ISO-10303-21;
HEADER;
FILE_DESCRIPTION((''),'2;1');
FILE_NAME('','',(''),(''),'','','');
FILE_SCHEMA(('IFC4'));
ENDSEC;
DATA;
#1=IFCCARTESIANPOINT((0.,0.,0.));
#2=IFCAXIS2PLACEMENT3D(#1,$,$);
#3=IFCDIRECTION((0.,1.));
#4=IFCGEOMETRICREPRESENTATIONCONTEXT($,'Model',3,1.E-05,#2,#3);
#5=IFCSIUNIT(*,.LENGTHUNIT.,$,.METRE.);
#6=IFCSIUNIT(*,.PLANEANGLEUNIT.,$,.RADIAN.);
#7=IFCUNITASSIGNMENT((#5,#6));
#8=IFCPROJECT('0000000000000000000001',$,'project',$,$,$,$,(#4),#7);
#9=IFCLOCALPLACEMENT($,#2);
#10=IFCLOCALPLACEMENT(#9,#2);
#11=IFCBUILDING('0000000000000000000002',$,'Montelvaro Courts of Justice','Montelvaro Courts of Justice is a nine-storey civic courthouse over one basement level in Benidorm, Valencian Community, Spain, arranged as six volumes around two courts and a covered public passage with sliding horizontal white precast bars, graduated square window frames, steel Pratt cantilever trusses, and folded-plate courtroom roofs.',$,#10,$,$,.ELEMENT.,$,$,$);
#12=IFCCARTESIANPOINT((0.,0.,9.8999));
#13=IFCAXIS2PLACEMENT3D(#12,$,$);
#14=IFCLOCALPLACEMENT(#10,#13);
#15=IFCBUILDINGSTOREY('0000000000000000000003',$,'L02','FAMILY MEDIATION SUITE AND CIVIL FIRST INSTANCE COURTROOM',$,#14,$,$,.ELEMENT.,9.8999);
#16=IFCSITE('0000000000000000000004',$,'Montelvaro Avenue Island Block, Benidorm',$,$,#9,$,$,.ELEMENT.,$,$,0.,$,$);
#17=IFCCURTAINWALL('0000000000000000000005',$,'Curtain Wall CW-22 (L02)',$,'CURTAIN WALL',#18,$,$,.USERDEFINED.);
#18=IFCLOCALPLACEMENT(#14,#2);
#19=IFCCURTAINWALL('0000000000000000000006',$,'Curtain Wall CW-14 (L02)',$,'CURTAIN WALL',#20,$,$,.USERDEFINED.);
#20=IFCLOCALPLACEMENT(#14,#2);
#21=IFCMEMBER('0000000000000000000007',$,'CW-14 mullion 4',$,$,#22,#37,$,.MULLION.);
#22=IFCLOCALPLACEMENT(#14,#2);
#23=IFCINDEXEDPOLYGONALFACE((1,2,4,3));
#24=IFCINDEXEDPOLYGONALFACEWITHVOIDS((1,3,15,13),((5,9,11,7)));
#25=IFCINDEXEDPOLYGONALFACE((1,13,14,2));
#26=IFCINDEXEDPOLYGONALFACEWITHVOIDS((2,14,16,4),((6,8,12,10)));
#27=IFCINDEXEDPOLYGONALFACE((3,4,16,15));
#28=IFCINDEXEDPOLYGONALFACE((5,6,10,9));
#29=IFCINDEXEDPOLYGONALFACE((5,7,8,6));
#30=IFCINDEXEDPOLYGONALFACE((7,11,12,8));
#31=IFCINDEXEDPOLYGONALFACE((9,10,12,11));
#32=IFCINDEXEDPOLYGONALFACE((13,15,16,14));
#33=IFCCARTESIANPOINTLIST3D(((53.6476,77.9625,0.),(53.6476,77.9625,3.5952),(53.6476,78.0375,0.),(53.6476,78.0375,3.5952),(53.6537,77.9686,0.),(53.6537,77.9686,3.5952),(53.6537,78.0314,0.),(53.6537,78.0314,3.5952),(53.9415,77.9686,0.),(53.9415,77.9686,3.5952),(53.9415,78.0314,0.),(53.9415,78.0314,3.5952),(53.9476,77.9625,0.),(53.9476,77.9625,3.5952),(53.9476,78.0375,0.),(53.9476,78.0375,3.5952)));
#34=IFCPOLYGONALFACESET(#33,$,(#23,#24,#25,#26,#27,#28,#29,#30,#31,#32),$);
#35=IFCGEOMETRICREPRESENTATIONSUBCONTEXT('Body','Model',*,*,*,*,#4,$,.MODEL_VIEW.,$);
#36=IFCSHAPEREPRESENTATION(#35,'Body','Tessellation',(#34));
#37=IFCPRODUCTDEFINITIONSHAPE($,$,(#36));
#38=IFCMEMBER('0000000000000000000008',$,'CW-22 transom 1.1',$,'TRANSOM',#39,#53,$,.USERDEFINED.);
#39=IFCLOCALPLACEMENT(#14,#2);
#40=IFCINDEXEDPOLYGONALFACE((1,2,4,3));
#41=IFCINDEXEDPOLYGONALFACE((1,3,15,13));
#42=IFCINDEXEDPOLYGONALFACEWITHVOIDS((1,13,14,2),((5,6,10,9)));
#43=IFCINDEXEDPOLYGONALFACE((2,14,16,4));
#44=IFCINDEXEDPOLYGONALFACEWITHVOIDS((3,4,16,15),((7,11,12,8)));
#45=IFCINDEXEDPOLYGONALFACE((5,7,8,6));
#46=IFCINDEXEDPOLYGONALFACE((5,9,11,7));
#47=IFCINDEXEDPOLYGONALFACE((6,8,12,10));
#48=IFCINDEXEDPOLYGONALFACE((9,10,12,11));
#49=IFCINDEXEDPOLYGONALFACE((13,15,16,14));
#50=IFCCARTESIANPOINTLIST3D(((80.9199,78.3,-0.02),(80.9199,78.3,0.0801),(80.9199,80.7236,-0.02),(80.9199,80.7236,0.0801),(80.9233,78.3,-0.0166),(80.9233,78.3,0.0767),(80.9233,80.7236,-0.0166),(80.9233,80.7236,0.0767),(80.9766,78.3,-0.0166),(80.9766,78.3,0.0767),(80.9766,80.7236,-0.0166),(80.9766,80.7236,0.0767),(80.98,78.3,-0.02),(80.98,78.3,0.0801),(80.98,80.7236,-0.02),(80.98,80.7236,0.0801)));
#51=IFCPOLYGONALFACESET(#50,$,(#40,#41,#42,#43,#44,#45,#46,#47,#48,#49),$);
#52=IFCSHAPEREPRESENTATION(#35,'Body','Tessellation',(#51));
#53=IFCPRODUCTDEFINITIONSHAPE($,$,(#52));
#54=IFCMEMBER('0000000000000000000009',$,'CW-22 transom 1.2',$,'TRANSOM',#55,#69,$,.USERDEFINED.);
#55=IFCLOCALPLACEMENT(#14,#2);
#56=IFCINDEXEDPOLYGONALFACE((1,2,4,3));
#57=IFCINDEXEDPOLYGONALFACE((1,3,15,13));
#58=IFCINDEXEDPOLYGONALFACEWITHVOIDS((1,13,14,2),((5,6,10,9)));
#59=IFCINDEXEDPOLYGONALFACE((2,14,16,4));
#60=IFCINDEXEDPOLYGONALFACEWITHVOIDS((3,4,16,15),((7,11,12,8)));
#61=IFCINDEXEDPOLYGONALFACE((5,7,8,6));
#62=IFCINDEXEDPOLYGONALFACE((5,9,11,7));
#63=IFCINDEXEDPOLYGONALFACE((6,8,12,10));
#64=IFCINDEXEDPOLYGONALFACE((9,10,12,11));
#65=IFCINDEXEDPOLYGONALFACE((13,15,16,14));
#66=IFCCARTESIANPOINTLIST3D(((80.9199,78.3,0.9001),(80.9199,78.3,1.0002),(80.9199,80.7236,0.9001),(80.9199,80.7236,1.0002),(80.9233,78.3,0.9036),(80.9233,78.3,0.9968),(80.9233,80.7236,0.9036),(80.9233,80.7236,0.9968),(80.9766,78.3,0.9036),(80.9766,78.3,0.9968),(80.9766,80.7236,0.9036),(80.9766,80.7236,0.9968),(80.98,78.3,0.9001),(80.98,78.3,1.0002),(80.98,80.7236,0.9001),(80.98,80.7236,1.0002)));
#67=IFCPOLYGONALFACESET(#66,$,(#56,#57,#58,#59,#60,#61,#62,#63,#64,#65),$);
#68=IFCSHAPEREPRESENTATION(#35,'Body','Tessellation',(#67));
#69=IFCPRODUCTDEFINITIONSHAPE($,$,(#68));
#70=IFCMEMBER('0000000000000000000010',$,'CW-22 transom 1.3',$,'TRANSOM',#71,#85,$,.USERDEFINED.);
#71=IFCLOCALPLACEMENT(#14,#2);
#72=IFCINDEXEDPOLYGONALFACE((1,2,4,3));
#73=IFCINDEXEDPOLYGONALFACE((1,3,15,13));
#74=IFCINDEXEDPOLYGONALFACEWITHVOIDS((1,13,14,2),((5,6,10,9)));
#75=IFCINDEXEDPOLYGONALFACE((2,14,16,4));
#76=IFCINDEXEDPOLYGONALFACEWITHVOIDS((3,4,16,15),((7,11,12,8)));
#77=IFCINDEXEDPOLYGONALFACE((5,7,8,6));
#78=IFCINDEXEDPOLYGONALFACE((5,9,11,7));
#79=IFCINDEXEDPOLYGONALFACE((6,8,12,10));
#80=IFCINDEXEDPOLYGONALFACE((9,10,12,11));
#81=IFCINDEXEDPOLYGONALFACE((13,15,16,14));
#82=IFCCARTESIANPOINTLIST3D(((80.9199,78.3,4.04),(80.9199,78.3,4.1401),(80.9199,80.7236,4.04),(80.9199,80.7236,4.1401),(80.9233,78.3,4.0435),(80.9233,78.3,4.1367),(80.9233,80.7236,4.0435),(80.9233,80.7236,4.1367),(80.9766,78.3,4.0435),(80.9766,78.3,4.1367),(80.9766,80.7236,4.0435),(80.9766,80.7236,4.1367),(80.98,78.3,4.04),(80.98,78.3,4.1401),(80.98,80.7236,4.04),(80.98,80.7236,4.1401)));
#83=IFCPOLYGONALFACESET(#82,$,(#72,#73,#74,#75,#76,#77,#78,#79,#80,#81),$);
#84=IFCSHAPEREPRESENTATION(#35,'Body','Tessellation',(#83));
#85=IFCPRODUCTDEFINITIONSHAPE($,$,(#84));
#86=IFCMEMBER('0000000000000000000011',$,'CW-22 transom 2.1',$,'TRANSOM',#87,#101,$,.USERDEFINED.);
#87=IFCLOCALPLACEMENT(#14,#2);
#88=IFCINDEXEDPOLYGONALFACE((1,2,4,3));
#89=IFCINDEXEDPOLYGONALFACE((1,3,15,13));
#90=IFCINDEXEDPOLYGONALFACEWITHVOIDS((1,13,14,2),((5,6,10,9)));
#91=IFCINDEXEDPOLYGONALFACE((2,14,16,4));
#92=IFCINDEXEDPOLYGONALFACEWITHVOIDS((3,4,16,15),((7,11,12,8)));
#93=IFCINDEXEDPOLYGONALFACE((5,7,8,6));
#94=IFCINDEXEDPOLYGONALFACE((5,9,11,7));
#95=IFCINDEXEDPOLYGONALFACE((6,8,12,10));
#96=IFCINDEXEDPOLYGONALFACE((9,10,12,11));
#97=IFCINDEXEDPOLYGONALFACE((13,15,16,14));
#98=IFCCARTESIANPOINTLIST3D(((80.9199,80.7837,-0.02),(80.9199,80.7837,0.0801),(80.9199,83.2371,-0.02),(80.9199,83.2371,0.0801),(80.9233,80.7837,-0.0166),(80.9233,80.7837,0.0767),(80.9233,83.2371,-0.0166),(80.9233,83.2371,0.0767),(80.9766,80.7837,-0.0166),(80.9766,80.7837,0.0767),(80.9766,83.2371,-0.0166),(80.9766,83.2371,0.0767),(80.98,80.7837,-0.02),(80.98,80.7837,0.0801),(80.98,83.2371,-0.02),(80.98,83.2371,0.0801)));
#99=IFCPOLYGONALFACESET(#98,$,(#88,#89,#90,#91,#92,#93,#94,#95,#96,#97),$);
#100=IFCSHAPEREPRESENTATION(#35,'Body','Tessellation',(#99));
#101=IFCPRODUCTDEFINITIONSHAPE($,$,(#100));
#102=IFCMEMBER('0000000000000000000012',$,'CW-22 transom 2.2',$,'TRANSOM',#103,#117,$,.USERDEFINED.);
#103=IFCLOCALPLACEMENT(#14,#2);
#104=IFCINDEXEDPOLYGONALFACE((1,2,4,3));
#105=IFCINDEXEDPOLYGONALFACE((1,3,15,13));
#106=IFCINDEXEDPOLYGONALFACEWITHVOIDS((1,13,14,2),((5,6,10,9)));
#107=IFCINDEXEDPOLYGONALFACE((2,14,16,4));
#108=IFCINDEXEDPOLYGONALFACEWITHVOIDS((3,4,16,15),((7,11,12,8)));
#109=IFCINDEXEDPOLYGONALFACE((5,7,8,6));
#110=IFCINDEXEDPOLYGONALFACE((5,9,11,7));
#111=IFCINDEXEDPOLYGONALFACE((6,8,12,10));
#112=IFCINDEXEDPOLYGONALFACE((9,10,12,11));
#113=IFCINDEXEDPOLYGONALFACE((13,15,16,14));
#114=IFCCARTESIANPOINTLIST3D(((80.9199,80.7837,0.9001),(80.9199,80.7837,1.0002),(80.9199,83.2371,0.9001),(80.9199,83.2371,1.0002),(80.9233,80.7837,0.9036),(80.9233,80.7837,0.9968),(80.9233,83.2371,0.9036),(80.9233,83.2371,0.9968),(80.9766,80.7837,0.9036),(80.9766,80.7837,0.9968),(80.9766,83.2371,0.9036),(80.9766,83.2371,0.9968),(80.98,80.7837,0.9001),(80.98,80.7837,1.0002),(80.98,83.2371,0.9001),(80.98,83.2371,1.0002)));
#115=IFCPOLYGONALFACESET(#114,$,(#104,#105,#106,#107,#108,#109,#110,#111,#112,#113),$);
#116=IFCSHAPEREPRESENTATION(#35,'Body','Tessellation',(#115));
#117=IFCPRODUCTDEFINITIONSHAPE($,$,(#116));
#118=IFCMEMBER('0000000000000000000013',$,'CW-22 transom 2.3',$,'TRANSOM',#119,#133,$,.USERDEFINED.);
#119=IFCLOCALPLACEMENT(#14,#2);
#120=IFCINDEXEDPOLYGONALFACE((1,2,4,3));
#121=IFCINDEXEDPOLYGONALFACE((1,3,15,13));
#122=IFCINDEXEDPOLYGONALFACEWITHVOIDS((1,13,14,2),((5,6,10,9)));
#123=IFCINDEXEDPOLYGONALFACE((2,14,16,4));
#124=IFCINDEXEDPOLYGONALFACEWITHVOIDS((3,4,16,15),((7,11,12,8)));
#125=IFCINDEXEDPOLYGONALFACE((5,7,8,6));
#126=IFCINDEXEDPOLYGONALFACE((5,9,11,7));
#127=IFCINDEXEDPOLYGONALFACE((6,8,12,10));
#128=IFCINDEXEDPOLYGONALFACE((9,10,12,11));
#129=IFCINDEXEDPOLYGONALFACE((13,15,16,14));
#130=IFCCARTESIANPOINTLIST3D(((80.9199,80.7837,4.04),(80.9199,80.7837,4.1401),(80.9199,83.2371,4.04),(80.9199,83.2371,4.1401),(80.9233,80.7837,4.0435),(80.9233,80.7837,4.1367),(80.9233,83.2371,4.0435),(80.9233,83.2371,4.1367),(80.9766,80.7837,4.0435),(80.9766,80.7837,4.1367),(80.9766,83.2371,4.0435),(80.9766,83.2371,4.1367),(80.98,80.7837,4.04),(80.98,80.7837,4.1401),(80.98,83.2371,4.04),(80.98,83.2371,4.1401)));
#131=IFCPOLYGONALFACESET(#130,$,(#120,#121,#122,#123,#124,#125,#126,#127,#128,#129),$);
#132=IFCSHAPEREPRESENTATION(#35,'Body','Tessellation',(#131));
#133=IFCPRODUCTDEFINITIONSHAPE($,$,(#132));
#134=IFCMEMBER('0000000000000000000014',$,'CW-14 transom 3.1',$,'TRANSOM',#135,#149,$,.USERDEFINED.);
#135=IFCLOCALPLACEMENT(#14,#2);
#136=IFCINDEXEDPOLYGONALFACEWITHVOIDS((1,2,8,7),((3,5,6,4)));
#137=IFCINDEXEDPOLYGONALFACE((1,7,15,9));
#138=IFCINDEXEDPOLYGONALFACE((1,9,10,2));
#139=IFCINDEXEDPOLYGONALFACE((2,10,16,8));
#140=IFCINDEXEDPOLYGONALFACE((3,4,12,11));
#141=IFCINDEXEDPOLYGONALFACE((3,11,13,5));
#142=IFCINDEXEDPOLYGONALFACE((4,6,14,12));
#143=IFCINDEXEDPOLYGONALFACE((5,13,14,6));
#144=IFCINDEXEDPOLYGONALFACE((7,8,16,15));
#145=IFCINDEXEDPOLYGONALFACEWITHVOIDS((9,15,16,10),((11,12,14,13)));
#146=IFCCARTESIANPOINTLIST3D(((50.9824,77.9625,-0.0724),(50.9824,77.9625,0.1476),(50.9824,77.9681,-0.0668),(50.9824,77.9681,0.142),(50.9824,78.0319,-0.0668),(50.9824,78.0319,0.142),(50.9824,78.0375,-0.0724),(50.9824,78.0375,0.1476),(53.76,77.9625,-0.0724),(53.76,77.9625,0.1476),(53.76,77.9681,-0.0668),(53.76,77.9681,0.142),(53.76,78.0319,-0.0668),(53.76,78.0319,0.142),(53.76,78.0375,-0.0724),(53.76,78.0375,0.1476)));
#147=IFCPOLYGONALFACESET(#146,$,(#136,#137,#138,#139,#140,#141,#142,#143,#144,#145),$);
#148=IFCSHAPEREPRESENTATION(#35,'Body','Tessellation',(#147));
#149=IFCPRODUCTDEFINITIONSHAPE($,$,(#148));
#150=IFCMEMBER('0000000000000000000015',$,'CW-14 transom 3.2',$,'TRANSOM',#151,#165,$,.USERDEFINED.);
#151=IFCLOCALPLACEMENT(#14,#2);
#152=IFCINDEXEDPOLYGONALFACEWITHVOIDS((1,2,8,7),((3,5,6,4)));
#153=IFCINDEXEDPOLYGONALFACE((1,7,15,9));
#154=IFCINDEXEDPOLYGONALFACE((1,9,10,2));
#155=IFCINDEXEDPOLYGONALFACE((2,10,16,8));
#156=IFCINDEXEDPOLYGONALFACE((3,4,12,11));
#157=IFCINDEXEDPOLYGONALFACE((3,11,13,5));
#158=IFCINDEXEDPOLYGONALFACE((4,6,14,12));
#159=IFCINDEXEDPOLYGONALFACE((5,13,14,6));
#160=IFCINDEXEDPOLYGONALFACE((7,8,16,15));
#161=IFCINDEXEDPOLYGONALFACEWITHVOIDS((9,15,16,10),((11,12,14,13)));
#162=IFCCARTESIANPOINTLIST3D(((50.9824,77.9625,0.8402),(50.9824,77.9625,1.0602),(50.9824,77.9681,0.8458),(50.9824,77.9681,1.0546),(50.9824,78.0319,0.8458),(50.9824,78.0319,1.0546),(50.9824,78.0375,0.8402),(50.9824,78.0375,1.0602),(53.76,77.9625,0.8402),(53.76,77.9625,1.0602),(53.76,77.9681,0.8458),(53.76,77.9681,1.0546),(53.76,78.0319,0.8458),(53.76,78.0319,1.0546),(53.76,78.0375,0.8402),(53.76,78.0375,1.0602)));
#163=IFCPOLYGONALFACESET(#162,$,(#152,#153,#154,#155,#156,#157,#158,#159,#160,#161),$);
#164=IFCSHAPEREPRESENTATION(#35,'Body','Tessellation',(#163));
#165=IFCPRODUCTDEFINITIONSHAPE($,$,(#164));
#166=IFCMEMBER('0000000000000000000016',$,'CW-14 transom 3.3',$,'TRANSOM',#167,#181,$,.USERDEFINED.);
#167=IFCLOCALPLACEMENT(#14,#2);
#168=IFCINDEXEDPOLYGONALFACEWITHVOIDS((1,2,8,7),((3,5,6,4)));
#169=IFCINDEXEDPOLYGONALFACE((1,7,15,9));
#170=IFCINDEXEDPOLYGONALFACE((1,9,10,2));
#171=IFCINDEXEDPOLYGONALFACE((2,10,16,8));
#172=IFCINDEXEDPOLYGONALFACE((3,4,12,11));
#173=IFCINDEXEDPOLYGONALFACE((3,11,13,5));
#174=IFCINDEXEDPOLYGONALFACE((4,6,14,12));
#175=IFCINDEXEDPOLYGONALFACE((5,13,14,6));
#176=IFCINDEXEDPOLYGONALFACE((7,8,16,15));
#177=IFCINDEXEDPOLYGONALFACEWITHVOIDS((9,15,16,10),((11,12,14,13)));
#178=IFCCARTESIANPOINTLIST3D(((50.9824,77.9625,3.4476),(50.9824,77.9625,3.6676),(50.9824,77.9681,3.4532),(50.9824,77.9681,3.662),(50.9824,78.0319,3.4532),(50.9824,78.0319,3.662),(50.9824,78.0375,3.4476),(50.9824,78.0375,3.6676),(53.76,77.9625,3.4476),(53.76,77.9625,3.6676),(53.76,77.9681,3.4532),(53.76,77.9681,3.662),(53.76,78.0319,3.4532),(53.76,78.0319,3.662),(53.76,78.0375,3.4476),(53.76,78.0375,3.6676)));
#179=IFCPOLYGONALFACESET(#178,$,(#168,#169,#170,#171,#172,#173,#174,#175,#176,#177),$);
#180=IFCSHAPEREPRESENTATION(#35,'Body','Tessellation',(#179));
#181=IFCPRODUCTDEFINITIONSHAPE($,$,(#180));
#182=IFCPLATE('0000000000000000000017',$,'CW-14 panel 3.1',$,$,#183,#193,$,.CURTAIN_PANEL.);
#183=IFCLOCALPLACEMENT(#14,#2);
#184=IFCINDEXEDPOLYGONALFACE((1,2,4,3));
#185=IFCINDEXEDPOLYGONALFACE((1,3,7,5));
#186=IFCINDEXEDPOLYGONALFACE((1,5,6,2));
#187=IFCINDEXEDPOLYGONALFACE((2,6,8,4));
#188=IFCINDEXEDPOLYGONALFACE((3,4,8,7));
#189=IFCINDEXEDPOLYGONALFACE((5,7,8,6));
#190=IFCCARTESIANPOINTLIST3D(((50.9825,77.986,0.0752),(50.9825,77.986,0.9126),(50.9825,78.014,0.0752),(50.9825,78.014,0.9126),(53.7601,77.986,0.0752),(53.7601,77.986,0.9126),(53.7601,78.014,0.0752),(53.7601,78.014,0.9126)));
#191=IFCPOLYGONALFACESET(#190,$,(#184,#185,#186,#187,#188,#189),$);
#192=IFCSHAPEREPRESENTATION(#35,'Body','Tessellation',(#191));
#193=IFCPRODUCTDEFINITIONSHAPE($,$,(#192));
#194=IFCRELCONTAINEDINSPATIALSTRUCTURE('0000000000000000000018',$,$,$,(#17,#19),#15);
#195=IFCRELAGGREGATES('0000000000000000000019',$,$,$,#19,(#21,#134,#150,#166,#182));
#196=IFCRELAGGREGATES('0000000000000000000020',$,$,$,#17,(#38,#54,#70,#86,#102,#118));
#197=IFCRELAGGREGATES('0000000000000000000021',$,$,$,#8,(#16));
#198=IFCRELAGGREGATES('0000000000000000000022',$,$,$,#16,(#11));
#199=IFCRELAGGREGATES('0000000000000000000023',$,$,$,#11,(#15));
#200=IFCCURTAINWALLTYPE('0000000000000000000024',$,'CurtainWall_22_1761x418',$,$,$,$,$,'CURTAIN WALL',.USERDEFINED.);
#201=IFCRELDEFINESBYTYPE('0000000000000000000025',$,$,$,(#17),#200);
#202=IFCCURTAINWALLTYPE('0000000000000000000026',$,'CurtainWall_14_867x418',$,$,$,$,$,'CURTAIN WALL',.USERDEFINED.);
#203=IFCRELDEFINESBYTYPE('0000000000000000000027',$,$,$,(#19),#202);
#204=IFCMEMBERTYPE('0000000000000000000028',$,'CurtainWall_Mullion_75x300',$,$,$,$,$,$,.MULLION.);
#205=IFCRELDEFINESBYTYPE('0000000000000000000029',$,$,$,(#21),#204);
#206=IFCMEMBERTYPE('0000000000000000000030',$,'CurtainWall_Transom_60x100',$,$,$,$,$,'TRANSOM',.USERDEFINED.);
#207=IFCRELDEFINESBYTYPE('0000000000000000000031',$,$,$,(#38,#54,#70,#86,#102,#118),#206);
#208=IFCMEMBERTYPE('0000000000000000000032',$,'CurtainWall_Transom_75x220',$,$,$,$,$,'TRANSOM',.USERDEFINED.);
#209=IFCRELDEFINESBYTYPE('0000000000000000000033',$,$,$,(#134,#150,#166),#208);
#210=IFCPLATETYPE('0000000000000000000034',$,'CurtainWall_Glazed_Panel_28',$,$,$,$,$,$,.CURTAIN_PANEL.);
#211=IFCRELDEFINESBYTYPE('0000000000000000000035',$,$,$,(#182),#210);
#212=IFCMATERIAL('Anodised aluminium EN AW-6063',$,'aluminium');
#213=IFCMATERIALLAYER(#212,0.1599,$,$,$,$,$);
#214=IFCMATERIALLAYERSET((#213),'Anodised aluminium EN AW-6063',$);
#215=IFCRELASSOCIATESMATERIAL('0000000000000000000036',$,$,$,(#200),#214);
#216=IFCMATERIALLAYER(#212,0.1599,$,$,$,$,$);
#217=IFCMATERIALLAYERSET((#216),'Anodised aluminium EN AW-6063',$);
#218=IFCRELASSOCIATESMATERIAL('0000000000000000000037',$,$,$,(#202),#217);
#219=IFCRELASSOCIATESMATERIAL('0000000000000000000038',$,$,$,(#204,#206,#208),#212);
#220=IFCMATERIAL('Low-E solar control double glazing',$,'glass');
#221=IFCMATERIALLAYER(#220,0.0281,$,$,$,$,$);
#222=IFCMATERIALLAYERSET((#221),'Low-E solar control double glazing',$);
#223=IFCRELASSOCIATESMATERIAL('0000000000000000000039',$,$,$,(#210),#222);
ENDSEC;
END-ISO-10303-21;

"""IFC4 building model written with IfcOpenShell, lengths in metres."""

from ifc_helpers import new_model, si_unit, direction, frame, origin, origin_2d, place, context, subcontext, project, spatial, rectangle, hollow_rectangle, extrude, material, layer, layer_set, material_profile, profile_set, type_object, element, aggregate, save


model = new_model("IFC4")

# Units and contexts
model_context = context("Model", 3, precision=1e-05, world=origin(), true_north=direction((0.0, 1.0)))
body_context = subcontext(model_context, "Body", "Model", "MODEL_VIEW")
ifc_project = project(units=[si_unit("LENGTHUNIT", "METRE"), si_unit("PLANEANGLEUNIT", "RADIAN")], contexts=[model_context])

# Site, building, storey
site_placement = place(None, origin())
site = spatial("IfcSite", under=ifc_project, at=site_placement, Name="Montelvaro Avenue Island Block, Benidorm", CompositionType="ELEMENT", RefElevation=0.0)
building_placement = place(site_placement, origin())
building = spatial("IfcBuilding", under=site, at=building_placement, Name="Montelvaro Courts of Justice", Description="Montelvaro Courts of Justice is a nine-storey civic courthouse over one basement level in Benidorm, Valencian Community, Spain, arranged as six volumes around two courts and a covered public passage with sliding horizontal white precast bars, graduated square window frames, steel Pratt cantilever trusses, and folded-plate courtroom roofs.", CompositionType="ELEMENT")
storey_placement = place(building_placement, frame((0.0, 0.0, 9.8999)))
storey = spatial("IfcBuildingStorey", under=building, at=storey_placement, Name="L02", Description="FAMILY MEDIATION SUITE AND CIVIL FIRST INSTANCE COURTROOM", CompositionType="ELEMENT", Elevation=9.8999)

# Curtain walls, member
ifc_material_1 = material(Name="Anodised aluminium EN AW-6063", Category="aluminium")
ifc_layer_1 = layer(ifc_material_1, 0.1599)
ifc_layer_set_1 = layer_set([ifc_layer_1], Name="Anodised aluminium EN AW-6063")
curtain_wall_type_1 = type_object("IfcCurtainWallType", Name="CurtainWall_22_1761x418", ElementType="CURTAIN WALL", PredefinedType="USERDEFINED", material=ifc_layer_set_1)
curtain_wall_1_placement = place(storey_placement, origin())
curtain_wall_1 = element("IfcCurtainWall", 1, at=curtain_wall_1_placement, inside=storey, type_object=curtain_wall_type_1, Name="Curtain Wall CW-22 (L02)", ObjectType="CURTAIN WALL", PredefinedType="USERDEFINED")
ifc_layer_2 = layer(ifc_material_1, 0.1599)
ifc_layer_set_2 = layer_set([ifc_layer_2], Name="Anodised aluminium EN AW-6063")
curtain_wall_type_2 = type_object("IfcCurtainWallType", Name="CurtainWall_14_867x418", ElementType="CURTAIN WALL", PredefinedType="USERDEFINED", material=ifc_layer_set_2)
curtain_wall_2_placement = place(storey_placement, origin())
curtain_wall_2 = element("IfcCurtainWall", 2, at=curtain_wall_2_placement, inside=storey, type_object=curtain_wall_type_2, Name="Curtain Wall CW-14 (L02)", ObjectType="CURTAIN WALL", PredefinedType="USERDEFINED")
ifc_material_profile_1 = material_profile(ifc_material_1, hollow_rectangle(XDim=0.075, YDim=0.3, WallThickness=0.0061, at=origin_2d()), Name="ALU-M 75x300")
ifc_profile_set_1 = profile_set([ifc_material_profile_1], Name="Anodised aluminium EN AW-6063")
member_type_1 = type_object("IfcMemberType", Name="CurtainWall_Mullion_75x300", PredefinedType="MULLION", material=ifc_profile_set_1)
member_1_placement = place(storey_placement, frame((53.7976, 78.0, 0.0), z_axis=(0.0, 0.0, 1.0), x_axis=(0.0, 1.0, 0.0)))
member_1 = element("IfcMember", 3, at=member_1_placement, type_object=member_type_1, Name="CW-14 mullion 4", PredefinedType="MULLION", context=body_context, shape_type="SweptSolid", body=[
    extrude(hollow_rectangle(XDim=0.075, YDim=0.3, WallThickness=0.0061, at=origin_2d()), origin(), (0.0, 0.0, 1.0), 3.5952),
])

# Members
ifc_material_profile_2 = material_profile(ifc_material_1, hollow_rectangle(XDim=0.0601, YDim=0.1001, WallThickness=0.0034, at=origin_2d()), Name="ALU-T 60x100")
ifc_profile_set_2 = profile_set([ifc_material_profile_2], Name="Anodised aluminium EN AW-6063")
member_type_2 = type_object("IfcMemberType", Name="CurtainWall_Transom_60x100", ElementType="TRANSOM", PredefinedType="USERDEFINED", material=ifc_profile_set_2)
member_2_placement = place(storey_placement, frame((80.95, 78.3, 0.03), z_axis=(0.0, 1.0, 0.0), x_axis=(-1.0, 0.0, 0.0)))
member_2 = element("IfcMember", 4, at=member_2_placement, type_object=member_type_2, Name="CW-22 transom 1.1", ObjectType="TRANSOM", PredefinedType="USERDEFINED", context=body_context, shape_type="SweptSolid", body=[
    extrude(hollow_rectangle(XDim=0.0601, YDim=0.1001, WallThickness=0.0034, at=origin_2d()), origin(), (0.0, 0.0, 1.0), 2.4236),
])
member_3_placement = place(storey_placement, frame((80.95, 78.3, 0.9502), z_axis=(0.0, 1.0, 0.0), x_axis=(-1.0, 0.0, 0.0)))
member_3 = element("IfcMember", 5, at=member_3_placement, type_object=member_type_2, Name="CW-22 transom 1.2", ObjectType="TRANSOM", PredefinedType="USERDEFINED", context=body_context, shape_type="SweptSolid", body=[
    extrude(hollow_rectangle(XDim=0.0601, YDim=0.1001, WallThickness=0.0034, at=origin_2d()), origin(), (0.0, 0.0, 1.0), 2.4236),
])
member_4_placement = place(storey_placement, frame((80.95, 78.3, 4.0901), z_axis=(0.0, 1.0, 0.0), x_axis=(-1.0, 0.0, 0.0)))
member_4 = element("IfcMember", 6, at=member_4_placement, type_object=member_type_2, Name="CW-22 transom 1.3", ObjectType="TRANSOM", PredefinedType="USERDEFINED", context=body_context, shape_type="SweptSolid", body=[
    extrude(hollow_rectangle(XDim=0.0601, YDim=0.1001, WallThickness=0.0034, at=origin_2d()), origin(), (0.0, 0.0, 1.0), 2.4236),
])
member_5_placement = place(storey_placement, frame((80.95, 80.7837, 0.03), z_axis=(0.0, 1.0, 0.0), x_axis=(-1.0, 0.0, 0.0)))
member_5 = element("IfcMember", 7, at=member_5_placement, type_object=member_type_2, Name="CW-22 transom 2.1", ObjectType="TRANSOM", PredefinedType="USERDEFINED", context=body_context, shape_type="SweptSolid", body=[
    extrude(hollow_rectangle(XDim=0.0601, YDim=0.1001, WallThickness=0.0034, at=origin_2d()), origin(), (0.0, 0.0, 1.0), 2.4534),
])
member_6_placement = place(storey_placement, frame((80.95, 80.7837, 0.9502), z_axis=(0.0, 1.0, 0.0), x_axis=(-1.0, 0.0, 0.0)))
member_6 = element("IfcMember", 8, at=member_6_placement, type_object=member_type_2, Name="CW-22 transom 2.2", ObjectType="TRANSOM", PredefinedType="USERDEFINED", context=body_context, shape_type="SweptSolid", body=[
    extrude(hollow_rectangle(XDim=0.0601, YDim=0.1001, WallThickness=0.0034, at=origin_2d()), origin(), (0.0, 0.0, 1.0), 2.4534),
])
member_7_placement = place(storey_placement, frame((80.95, 80.7837, 4.0901), z_axis=(0.0, 1.0, 0.0), x_axis=(-1.0, 0.0, 0.0)))
member_7 = element("IfcMember", 9, at=member_7_placement, type_object=member_type_2, Name="CW-22 transom 2.3", ObjectType="TRANSOM", PredefinedType="USERDEFINED", context=body_context, shape_type="SweptSolid", body=[
    extrude(hollow_rectangle(XDim=0.0601, YDim=0.1001, WallThickness=0.0034, at=origin_2d()), origin(), (0.0, 0.0, 1.0), 2.4534),
])
ifc_material_profile_3 = material_profile(ifc_material_1, hollow_rectangle(XDim=0.075, YDim=0.22, WallThickness=0.0056, at=origin_2d()), Name="ALU-T 75x220")
ifc_profile_set_3 = profile_set([ifc_material_profile_3], Name="Anodised aluminium EN AW-6063")
member_type_3 = type_object("IfcMemberType", Name="CurtainWall_Transom_75x220", ElementType="TRANSOM", PredefinedType="USERDEFINED", material=ifc_profile_set_3)
member_8_placement = place(storey_placement, frame((50.9824, 78.0, 0.0376), z_axis=(1.0, 0.0, 0.0), x_axis=(0.0, 1.0, 0.0)))
member_8 = element("IfcMember", 10, at=member_8_placement, type_object=member_type_3, Name="CW-14 transom 3.1", ObjectType="TRANSOM", PredefinedType="USERDEFINED", context=body_context, shape_type="SweptSolid", body=[
    extrude(hollow_rectangle(XDim=0.075, YDim=0.22, WallThickness=0.0056, at=origin_2d()), origin(), (0.0, 0.0, 1.0), 2.7776),
])
member_9_placement = place(storey_placement, frame((50.9824, 78.0, 0.9502), z_axis=(1.0, 0.0, 0.0), x_axis=(0.0, 1.0, 0.0)))
member_9 = element("IfcMember", 11, at=member_9_placement, type_object=member_type_3, Name="CW-14 transom 3.2", ObjectType="TRANSOM", PredefinedType="USERDEFINED", context=body_context, shape_type="SweptSolid", body=[
    extrude(hollow_rectangle(XDim=0.075, YDim=0.22, WallThickness=0.0056, at=origin_2d()), origin(), (0.0, 0.0, 1.0), 2.7776),
])
member_10_placement = place(storey_placement, frame((50.9824, 78.0, 3.5576), z_axis=(1.0, 0.0, 0.0), x_axis=(0.0, 1.0, 0.0)))
member_10 = element("IfcMember", 12, at=member_10_placement, type_object=member_type_3, Name="CW-14 transom 3.3", ObjectType="TRANSOM", PredefinedType="USERDEFINED", context=body_context, shape_type="SweptSolid", body=[
    extrude(hollow_rectangle(XDim=0.075, YDim=0.22, WallThickness=0.0056, at=origin_2d()), origin(), (0.0, 0.0, 1.0), 2.7776),
])

# Plate
ifc_material_2 = material(Name="Low-E solar control double glazing", Category="glass")
ifc_layer_3 = layer(ifc_material_2, 0.0281)
ifc_layer_set_3 = layer_set([ifc_layer_3], Name="Low-E solar control double glazing")
plate_type = type_object("IfcPlateType", Name="CurtainWall_Glazed_Panel_28", PredefinedType="CURTAIN_PANEL", material=ifc_layer_set_3)
plate_1_placement = place(storey_placement, frame((52.3713, 78.0, 0.0752), z_axis=(0.0, 0.0, 1.0), x_axis=(1.0, 0.0, 0.0)))
plate_1 = element("IfcPlate", 13, at=plate_1_placement, type_object=plate_type, Name="CW-14 panel 3.1", PredefinedType="CURTAIN_PANEL", context=body_context, shape_type="SweptSolid", body=[
    extrude(rectangle(XDim=2.7776, YDim=0.0281, at=origin_2d()), origin(), (0.0, 0.0, 1.0), 0.8374),
])
aggregate(curtain_wall_2, [member_1, member_8, member_9, member_10, plate_1])
aggregate(curtain_wall_1, [member_2, member_3, member_4, member_5, member_6, member_7])

save(model, "model.ifc")
